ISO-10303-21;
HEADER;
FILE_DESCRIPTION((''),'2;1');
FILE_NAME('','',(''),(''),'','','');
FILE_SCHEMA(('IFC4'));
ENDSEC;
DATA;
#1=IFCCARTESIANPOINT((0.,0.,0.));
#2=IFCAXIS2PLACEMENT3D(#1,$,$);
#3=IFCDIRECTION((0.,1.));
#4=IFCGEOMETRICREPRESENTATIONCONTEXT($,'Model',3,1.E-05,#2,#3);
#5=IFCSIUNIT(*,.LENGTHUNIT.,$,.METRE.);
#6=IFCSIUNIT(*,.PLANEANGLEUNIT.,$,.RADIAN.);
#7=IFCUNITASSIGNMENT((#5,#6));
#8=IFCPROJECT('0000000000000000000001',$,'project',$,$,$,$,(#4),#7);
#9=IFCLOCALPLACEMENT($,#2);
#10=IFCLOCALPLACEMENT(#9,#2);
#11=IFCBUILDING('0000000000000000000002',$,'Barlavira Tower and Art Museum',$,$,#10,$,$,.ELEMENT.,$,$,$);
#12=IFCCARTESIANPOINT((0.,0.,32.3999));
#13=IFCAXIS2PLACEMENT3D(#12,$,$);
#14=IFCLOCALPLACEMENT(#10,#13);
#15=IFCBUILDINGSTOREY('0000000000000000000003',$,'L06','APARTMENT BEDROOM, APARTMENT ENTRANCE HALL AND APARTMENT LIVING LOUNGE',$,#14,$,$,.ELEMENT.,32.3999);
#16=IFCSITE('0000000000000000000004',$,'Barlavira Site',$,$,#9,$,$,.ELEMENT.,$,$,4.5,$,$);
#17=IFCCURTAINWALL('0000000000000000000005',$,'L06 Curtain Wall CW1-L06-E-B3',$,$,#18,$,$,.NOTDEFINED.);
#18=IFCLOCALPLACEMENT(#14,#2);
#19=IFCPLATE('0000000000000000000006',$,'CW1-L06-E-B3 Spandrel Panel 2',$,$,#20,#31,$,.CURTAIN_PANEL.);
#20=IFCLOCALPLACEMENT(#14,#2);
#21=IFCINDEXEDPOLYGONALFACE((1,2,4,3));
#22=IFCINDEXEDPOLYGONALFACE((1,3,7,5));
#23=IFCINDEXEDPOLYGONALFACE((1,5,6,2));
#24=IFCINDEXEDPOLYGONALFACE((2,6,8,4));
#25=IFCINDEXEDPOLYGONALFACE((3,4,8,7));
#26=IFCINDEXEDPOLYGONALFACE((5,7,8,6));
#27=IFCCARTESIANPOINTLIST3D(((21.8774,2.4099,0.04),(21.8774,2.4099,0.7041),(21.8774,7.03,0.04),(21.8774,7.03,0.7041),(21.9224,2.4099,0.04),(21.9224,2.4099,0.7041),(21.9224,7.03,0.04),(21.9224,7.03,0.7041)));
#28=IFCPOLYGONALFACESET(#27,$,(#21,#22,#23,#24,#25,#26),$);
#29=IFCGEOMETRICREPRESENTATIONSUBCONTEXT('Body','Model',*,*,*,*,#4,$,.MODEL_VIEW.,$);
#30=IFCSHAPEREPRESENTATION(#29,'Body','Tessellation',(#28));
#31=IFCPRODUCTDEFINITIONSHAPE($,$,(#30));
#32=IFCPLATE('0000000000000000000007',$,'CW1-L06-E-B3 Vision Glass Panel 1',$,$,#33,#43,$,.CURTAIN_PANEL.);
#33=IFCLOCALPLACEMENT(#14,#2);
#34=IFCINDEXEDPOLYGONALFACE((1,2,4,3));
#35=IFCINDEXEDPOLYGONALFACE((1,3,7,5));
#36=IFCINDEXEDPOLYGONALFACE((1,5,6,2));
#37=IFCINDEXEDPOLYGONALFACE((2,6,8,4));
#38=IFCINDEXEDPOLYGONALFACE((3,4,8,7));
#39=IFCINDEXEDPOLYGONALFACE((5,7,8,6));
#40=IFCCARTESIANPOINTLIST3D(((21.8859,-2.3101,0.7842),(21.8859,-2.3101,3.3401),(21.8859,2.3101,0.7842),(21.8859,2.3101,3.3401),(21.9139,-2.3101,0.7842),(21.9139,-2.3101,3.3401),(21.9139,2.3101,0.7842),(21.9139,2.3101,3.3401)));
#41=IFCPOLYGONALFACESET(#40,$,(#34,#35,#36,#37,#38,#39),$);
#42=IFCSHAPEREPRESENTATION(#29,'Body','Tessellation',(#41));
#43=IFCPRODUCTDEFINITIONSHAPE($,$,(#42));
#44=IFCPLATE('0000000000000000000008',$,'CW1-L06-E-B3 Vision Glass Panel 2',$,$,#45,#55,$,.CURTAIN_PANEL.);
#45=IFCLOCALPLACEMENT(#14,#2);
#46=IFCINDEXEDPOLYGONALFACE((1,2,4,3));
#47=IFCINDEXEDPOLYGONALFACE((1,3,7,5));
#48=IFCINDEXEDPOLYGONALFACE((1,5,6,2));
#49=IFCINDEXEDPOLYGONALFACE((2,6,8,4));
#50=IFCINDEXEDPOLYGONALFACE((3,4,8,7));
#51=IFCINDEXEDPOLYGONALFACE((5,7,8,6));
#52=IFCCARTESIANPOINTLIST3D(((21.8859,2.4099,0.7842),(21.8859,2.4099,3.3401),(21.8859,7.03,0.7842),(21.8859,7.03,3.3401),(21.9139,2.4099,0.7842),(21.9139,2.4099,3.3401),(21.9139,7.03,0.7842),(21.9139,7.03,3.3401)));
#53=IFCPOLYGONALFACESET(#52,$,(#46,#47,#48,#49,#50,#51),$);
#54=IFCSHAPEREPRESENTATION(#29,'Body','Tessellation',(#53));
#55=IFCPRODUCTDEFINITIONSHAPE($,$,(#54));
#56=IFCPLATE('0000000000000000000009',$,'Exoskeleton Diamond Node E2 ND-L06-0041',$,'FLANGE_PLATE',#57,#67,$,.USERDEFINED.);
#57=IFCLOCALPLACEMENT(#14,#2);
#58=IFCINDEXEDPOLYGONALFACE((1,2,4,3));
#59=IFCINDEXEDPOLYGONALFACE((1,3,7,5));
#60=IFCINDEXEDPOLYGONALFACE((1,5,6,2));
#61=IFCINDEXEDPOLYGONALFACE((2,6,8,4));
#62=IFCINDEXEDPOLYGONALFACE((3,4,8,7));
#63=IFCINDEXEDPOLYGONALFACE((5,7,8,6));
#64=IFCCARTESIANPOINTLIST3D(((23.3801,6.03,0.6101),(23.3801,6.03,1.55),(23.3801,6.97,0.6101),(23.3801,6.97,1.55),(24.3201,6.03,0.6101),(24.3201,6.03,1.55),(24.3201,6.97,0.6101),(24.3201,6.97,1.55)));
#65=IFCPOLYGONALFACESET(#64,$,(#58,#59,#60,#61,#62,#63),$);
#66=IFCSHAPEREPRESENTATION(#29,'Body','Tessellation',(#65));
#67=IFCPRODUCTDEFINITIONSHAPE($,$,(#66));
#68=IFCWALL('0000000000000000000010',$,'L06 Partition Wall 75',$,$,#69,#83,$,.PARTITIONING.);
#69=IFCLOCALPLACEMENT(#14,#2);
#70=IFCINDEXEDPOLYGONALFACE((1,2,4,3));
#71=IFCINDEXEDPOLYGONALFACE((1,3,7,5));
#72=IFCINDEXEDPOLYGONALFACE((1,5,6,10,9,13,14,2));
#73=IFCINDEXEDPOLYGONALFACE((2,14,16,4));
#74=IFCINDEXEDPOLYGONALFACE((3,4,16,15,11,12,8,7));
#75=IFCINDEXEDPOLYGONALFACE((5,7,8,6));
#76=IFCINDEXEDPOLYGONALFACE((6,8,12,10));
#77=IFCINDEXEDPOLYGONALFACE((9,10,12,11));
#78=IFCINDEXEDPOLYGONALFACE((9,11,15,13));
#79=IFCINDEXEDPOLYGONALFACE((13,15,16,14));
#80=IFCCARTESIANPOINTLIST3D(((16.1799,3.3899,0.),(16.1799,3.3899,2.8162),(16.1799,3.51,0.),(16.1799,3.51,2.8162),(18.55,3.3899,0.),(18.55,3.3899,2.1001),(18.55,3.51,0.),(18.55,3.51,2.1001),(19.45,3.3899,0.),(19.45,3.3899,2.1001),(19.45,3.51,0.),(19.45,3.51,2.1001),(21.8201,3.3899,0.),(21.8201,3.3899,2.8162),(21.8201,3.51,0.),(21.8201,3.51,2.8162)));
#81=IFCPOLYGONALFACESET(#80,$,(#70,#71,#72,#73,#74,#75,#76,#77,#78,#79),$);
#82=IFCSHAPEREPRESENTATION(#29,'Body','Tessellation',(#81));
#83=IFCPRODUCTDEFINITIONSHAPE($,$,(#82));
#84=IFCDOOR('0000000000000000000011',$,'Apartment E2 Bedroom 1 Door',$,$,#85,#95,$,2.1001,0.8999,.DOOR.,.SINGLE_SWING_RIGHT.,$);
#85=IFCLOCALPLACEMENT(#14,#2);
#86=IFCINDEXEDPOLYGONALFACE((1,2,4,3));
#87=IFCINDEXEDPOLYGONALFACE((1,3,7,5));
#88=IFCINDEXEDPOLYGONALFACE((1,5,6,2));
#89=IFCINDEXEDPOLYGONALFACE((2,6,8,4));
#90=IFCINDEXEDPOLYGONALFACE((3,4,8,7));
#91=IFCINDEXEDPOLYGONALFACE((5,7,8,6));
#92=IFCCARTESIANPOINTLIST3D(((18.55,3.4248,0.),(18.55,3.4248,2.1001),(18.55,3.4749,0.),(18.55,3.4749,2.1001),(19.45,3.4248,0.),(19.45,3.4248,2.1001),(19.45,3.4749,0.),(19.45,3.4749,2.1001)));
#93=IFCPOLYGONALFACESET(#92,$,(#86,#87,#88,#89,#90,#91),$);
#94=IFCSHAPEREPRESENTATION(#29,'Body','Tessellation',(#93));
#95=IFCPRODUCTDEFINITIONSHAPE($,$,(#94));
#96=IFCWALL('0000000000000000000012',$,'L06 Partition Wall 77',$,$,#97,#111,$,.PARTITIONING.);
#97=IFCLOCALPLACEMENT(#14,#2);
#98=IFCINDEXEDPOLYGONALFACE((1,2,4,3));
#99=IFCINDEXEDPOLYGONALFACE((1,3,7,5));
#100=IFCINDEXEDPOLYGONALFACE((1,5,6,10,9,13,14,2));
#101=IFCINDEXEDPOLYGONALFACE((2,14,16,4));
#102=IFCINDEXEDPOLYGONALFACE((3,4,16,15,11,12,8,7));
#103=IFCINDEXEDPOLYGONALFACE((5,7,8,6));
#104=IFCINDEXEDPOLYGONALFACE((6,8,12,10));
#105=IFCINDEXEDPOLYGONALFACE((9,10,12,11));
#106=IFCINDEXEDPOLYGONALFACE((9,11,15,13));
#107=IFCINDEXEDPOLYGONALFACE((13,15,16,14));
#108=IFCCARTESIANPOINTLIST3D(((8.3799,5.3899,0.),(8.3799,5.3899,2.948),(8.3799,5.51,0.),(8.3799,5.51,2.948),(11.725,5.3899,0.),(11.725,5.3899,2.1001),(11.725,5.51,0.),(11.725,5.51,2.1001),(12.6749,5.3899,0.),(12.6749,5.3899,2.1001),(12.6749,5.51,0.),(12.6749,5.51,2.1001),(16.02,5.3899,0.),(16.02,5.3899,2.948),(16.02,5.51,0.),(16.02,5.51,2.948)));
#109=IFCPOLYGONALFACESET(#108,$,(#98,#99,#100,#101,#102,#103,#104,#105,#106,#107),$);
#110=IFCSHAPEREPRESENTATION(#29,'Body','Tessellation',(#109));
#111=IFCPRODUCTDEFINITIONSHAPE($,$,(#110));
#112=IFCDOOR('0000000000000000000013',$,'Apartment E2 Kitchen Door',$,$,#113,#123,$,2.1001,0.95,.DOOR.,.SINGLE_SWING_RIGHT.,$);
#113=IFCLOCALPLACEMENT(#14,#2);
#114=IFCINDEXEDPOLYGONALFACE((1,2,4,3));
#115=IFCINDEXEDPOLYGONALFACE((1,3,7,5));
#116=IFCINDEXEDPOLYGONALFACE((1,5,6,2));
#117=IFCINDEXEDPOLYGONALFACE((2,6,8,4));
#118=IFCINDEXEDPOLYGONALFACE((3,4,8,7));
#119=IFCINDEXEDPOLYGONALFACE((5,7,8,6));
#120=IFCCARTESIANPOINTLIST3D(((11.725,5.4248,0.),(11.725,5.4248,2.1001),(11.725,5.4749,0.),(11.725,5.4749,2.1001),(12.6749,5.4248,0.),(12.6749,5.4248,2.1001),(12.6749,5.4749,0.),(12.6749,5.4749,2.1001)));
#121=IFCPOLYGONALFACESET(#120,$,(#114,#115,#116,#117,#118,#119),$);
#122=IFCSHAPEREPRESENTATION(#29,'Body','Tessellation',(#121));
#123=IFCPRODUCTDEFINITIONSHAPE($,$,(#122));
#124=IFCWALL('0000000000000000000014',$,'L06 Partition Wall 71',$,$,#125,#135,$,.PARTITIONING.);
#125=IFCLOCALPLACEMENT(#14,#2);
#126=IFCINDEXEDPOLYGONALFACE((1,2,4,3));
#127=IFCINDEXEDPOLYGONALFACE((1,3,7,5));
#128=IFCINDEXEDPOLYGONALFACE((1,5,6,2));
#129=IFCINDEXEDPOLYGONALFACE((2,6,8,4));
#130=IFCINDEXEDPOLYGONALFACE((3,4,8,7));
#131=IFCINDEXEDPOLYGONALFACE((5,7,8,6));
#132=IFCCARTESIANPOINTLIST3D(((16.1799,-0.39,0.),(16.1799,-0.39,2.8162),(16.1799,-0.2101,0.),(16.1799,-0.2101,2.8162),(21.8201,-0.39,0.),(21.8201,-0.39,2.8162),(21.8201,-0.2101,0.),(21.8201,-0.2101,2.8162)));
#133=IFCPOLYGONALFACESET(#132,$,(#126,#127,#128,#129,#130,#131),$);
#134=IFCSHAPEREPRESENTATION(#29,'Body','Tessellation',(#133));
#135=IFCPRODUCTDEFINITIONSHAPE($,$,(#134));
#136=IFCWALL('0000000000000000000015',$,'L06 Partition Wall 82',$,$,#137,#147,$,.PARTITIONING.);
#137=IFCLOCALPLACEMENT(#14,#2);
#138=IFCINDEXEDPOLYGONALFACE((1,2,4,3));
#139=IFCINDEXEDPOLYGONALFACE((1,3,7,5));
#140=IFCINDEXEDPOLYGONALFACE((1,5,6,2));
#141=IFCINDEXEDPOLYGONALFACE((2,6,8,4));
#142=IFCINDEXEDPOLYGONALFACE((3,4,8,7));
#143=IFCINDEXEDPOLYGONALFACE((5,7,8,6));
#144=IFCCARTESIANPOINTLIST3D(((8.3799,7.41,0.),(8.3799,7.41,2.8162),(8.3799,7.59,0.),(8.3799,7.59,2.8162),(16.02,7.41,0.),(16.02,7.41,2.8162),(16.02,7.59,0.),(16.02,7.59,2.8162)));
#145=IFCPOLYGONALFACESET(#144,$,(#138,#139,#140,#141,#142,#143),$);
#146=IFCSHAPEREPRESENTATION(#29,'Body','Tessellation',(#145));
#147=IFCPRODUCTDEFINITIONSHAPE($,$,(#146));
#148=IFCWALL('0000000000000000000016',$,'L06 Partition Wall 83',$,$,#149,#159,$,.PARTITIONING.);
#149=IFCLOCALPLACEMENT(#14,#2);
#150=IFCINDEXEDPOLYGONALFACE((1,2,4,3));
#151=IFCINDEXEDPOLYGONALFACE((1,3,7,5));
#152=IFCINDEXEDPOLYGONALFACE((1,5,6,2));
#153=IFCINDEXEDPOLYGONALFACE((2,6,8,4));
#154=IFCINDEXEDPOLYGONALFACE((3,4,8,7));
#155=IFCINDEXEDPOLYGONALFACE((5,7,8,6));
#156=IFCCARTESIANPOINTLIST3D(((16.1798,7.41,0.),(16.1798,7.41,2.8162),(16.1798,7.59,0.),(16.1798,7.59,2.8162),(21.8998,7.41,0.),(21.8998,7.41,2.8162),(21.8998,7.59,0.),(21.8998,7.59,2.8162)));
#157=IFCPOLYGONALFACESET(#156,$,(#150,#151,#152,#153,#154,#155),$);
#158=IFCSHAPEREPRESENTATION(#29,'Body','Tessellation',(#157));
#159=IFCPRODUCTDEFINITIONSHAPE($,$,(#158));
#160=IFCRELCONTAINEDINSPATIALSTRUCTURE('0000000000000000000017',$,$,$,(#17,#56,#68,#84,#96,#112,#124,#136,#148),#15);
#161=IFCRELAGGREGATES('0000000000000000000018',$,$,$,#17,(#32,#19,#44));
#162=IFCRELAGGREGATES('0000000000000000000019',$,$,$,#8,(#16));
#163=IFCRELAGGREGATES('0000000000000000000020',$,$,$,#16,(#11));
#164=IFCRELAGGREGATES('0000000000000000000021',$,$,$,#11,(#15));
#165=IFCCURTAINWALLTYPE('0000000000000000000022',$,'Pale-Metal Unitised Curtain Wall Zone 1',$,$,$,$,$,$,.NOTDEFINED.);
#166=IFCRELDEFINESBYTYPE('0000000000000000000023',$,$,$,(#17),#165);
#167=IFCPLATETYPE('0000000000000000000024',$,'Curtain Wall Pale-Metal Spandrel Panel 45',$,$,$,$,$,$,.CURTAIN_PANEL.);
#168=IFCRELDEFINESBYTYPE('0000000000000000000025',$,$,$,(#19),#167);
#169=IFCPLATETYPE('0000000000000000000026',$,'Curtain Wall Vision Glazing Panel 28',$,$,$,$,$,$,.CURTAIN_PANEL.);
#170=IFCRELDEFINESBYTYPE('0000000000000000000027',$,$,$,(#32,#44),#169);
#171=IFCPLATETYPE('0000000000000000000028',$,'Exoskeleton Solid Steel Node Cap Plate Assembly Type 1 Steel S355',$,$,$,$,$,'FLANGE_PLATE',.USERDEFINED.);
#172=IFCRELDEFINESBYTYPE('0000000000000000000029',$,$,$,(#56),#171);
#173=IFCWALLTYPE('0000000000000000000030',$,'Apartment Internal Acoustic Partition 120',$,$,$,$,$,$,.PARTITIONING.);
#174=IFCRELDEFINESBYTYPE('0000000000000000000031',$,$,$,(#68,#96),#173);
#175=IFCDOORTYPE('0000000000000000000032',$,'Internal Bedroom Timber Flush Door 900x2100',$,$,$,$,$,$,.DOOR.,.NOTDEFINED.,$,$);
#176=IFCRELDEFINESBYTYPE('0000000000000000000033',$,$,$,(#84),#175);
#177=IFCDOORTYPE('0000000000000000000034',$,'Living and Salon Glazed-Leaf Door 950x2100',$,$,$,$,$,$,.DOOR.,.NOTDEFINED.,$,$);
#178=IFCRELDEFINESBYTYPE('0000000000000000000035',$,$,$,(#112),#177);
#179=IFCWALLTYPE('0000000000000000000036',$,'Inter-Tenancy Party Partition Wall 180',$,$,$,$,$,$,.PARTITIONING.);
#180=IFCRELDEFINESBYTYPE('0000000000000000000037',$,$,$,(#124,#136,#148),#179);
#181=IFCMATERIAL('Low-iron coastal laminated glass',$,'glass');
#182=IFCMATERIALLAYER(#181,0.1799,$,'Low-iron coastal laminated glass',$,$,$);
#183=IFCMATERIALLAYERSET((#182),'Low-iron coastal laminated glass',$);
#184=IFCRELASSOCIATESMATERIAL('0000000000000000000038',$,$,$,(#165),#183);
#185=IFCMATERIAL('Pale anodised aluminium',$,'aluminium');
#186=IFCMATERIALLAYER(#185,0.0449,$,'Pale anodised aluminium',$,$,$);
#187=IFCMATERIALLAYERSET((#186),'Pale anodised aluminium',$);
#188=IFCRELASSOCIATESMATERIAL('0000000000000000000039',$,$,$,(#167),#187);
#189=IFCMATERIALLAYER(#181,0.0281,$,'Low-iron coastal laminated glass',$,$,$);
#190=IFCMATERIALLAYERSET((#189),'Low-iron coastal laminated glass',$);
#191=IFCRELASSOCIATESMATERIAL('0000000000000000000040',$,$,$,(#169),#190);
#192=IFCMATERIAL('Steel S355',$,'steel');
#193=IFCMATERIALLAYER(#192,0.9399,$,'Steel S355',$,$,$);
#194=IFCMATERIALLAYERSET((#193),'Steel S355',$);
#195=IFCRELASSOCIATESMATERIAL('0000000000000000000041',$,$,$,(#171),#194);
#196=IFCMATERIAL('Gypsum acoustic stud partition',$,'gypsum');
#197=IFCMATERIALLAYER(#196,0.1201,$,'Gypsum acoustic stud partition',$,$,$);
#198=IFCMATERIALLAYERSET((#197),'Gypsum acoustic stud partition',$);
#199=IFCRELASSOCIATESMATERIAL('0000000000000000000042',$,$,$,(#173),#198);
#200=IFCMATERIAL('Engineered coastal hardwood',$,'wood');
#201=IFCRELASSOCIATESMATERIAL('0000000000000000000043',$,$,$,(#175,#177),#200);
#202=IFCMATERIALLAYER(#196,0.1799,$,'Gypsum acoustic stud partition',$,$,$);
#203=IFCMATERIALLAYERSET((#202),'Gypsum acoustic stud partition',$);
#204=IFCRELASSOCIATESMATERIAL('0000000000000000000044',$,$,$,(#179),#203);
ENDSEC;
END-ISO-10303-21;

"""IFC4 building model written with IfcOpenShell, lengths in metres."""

from ifc_helpers import new_model, si_unit, direction, frame, frame_2d, origin, origin_2d, place, context, subcontext, project, spatial, rectangle, extrude, material, layer, layer_set, type_object, element, fill, aggregate, save


model = new_model("IFC4")

# Units and contexts
model_context = context("Model", 3, precision=1e-05, world=origin(), true_north=direction((0.0, 1.0)))
body_context = subcontext(model_context, "Body", "Model", "MODEL_VIEW")
ifc_project = project(units=[si_unit("LENGTHUNIT", "METRE"), si_unit("PLANEANGLEUNIT", "RADIAN")], contexts=[model_context])

# Site, building, storey
site_placement = place(None, origin())
site = spatial("IfcSite", under=ifc_project, at=site_placement, Name="Barlavira Site", CompositionType="ELEMENT", RefElevation=4.5)
building_placement = place(site_placement, origin())
building = spatial("IfcBuilding", under=site, at=building_placement, Name="Barlavira Tower and Art Museum", CompositionType="ELEMENT")
storey_placement = place(building_placement, frame((0.0, 0.0, 32.3999)))
storey = spatial("IfcBuildingStorey", under=building, at=storey_placement, Name="L06", Description="APARTMENT BEDROOM, APARTMENT ENTRANCE HALL AND APARTMENT LIVING LOUNGE", CompositionType="ELEMENT", Elevation=32.3999)

# Curtain wall
ifc_material_1 = material(Name="Low-iron coastal laminated glass", Category="glass")
ifc_layer_1 = layer(ifc_material_1, 0.1799, Name="Low-iron coastal laminated glass")
ifc_layer_set_1 = layer_set([ifc_layer_1], Name="Low-iron coastal laminated glass")
curtain_wall_type = type_object("IfcCurtainWallType", Name="Pale-Metal Unitised Curtain Wall Zone 1", PredefinedType="NOTDEFINED", material=ifc_layer_set_1)
curtain_wall_placement = place(storey_placement, origin())
curtain_wall = element("IfcCurtainWall", 1, at=curtain_wall_placement, inside=storey, type_object=curtain_wall_type, Name="L06 Curtain Wall CW1-L06-E-B3", PredefinedType="NOTDEFINED")
ifc_material_2 = material(Name="Pale anodised aluminium", Category="aluminium")

# Shared definitions
ifc_material_3 = material(Name="Steel S355", Category="steel")

# Plates
ifc_layer_2 = layer(ifc_material_2, 0.0449, Name="Pale anodised aluminium")
ifc_layer_set_2 = layer_set([ifc_layer_2], Name="Pale anodised aluminium")
plate_type_1 = type_object("IfcPlateType", Name="Curtain Wall Pale-Metal Spandrel Panel 45", PredefinedType="CURTAIN_PANEL", material=ifc_layer_set_2)
plate_1_placement = place(storey_placement, frame((21.8999, 4.72, 0.04), z_axis=(0.0, 0.0, 1.0), x_axis=(0.0, 1.0, 0.0)))
plate_1 = element("IfcPlate", 2, at=plate_1_placement, type_object=plate_type_1, Name="CW1-L06-E-B3 Spandrel Panel 2", PredefinedType="CURTAIN_PANEL", context=body_context, shape_type="SweptSolid", body=[
    extrude(rectangle(XDim=4.6201, YDim=0.0449, at=origin_2d()), origin(), (0.0, 0.0, 1.0), 0.6641),
])
ifc_layer_3 = layer(ifc_material_1, 0.0281, Name="Low-iron coastal laminated glass")
ifc_layer_set_3 = layer_set([ifc_layer_3], Name="Low-iron coastal laminated glass")
plate_type_2 = type_object("IfcPlateType", Name="Curtain Wall Vision Glazing Panel 28", PredefinedType="CURTAIN_PANEL", material=ifc_layer_set_3)
plate_2_placement = place(storey_placement, frame((21.8999, 0.0, 0.7842), z_axis=(0.0, 0.0, 1.0), x_axis=(0.0, 1.0, 0.0)))
plate_2 = element("IfcPlate", 3, at=plate_2_placement, type_object=plate_type_2, Name="CW1-L06-E-B3 Vision Glass Panel 1", PredefinedType="CURTAIN_PANEL", context=body_context, shape_type="SweptSolid", body=[
    extrude(rectangle(XDim=4.6201, YDim=0.0281, at=origin_2d()), origin(), (0.0, 0.0, 1.0), 2.5559),
])
plate_3_placement = place(storey_placement, frame((21.8999, 4.72, 0.7842), z_axis=(0.0, 0.0, 1.0), x_axis=(0.0, 1.0, 0.0)))
plate_3 = element("IfcPlate", 4, at=plate_3_placement, type_object=plate_type_2, Name="CW1-L06-E-B3 Vision Glass Panel 2", PredefinedType="CURTAIN_PANEL", context=body_context, shape_type="SweptSolid", body=[
    extrude(rectangle(XDim=4.6201, YDim=0.0281, at=origin_2d()), origin(), (0.0, 0.0, 1.0), 2.5559),
])
aggregate(curtain_wall, [plate_2, plate_1, plate_3])
ifc_layer_4 = layer(ifc_material_3, 0.9399, Name="Steel S355")
ifc_layer_set_4 = layer_set([ifc_layer_4], Name="Steel S355")
plate_type_3 = type_object("IfcPlateType", Name="Exoskeleton Solid Steel Node Cap Plate Assembly Type 1 Steel S355", ElementType="FLANGE_PLATE", PredefinedType="USERDEFINED", material=ifc_layer_set_4)
plate_4_placement = place(storey_placement, frame((23.8501, 6.5, 0.6101), z_axis=(0.0, 0.0, 1.0), x_axis=(1.0, 0.0, 0.0)))
element("IfcPlate", 5, at=plate_4_placement, inside=storey, type_object=plate_type_3, Name="Exoskeleton Diamond Node E2 ND-L06-0041", ObjectType="FLANGE_PLATE", PredefinedType="USERDEFINED", context=body_context, shape_type="SweptSolid", body=[
    extrude(rectangle(XDim=0.9399, YDim=0.9399, at=origin_2d()), origin(), (0.0, 0.0, 1.0), 0.9399),
])

# Walls, openings, doors
ifc_material_4 = material(Name="Gypsum acoustic stud partition", Category="gypsum")
ifc_layer_5 = layer(ifc_material_4, 0.1201, Name="Gypsum acoustic stud partition")
ifc_layer_set_5 = layer_set([ifc_layer_5], Name="Gypsum acoustic stud partition")
wall_type_1 = type_object("IfcWallType", Name="Apartment Internal Acoustic Partition 120", PredefinedType="PARTITIONING", material=ifc_layer_set_5)
wall_1_placement = place(storey_placement, frame((16.1799, 3.45, 0.0), z_axis=(0.0, 0.0, 1.0), x_axis=(1.0, 0.0, 0.0)))
wall_1 = element("IfcWall", 6, at=wall_1_placement, inside=storey, type_object=wall_type_1, Name="L06 Partition Wall 75", PredefinedType="PARTITIONING", context=body_context, shape_type="SweptSolid", body=[
    extrude(rectangle(XDim=5.6401, YDim=0.1201, at=frame_2d((2.8201, 0.0))), origin(), (0.0, 0.0, 1.0), 2.8162),
])
opening_1_placement = place(wall_1_placement, frame((2.3701, 0.0, 0.0)))
opening_1 = element("IfcOpeningElement", 7, at=opening_1_placement, cuts=wall_1, PredefinedType="OPENING", context=body_context, shape_type="SweptSolid", body=[
    extrude(rectangle(XDim=0.8999, YDim=2.1001, at=frame_2d((0.45, 1.05))), frame((0.0, 0.0701, 0.0), z_axis=(0.0, -1.0, 0.0), x_axis=(1.0, 0.0, 0.0)), (0.0, 0.0, 1.0), 0.1401),
])
ifc_material_5 = material(Name="Engineered coastal hardwood", Category="wood")
door_type_1 = type_object("IfcDoorType", Name="Internal Bedroom Timber Flush Door 900x2100", OperationType="NOTDEFINED", PredefinedType="DOOR", material=ifc_material_5)
door_1_placement = place(opening_1_placement, origin())
door_1 = element("IfcDoor", 8, at=door_1_placement, inside=storey, type_object=door_type_1, Name="Apartment E2 Bedroom 1 Door", OperationType="SINGLE_SWING_RIGHT", OverallHeight=2.1001, OverallWidth=0.8999, PredefinedType="DOOR", context=body_context, shape_type="SweptSolid", body=[
    extrude(rectangle(XDim=0.8999, YDim=2.1001, at=frame_2d((0.45, 1.05))), frame((0.0, 0.0249, 0.0), z_axis=(0.0, -1.0, 0.0), x_axis=(1.0, 0.0, 0.0)), (0.0, 0.0, 1.0), 0.05),
])
fill(opening_1, door_1)
wall_2_placement = place(storey_placement, frame((8.3799, 5.45, 0.0), z_axis=(0.0, 0.0, 1.0), x_axis=(1.0, 0.0, 0.0)))
wall_2 = element("IfcWall", 9, at=wall_2_placement, inside=storey, type_object=wall_type_1, Name="L06 Partition Wall 77", PredefinedType="PARTITIONING", context=body_context, shape_type="SweptSolid", body=[
    extrude(rectangle(XDim=7.6401, YDim=0.1201, at=frame_2d((3.8201, 0.0))), origin(), (0.0, 0.0, 1.0), 2.948),
])
opening_2_placement = place(wall_2_placement, frame((3.345, 0.0, 0.0)))
opening_2 = element("IfcOpeningElement", 10, at=opening_2_placement, cuts=wall_2, PredefinedType="OPENING", context=body_context, shape_type="SweptSolid", body=[
    extrude(rectangle(XDim=0.95, YDim=2.1001, at=frame_2d((0.4751, 1.05))), frame((0.0, 0.0701, 0.0), z_axis=(0.0, -1.0, 0.0), x_axis=(1.0, 0.0, 0.0)), (0.0, 0.0, 1.0), 0.1401),
])
door_type_2 = type_object("IfcDoorType", Name="Living and Salon Glazed-Leaf Door 950x2100", OperationType="NOTDEFINED", PredefinedType="DOOR", material=ifc_material_5)
door_2_placement = place(opening_2_placement, origin())
door_2 = element("IfcDoor", 11, at=door_2_placement, inside=storey, type_object=door_type_2, Name="Apartment E2 Kitchen Door", OperationType="SINGLE_SWING_RIGHT", OverallHeight=2.1001, OverallWidth=0.95, PredefinedType="DOOR", context=body_context, shape_type="SweptSolid", body=[
    extrude(rectangle(XDim=0.95, YDim=2.1001, at=frame_2d((0.4751, 1.05))), frame((0.0, 0.0249, 0.0), z_axis=(0.0, -1.0, 0.0), x_axis=(1.0, 0.0, 0.0)), (0.0, 0.0, 1.0), 0.05),
])
fill(opening_2, door_2)

# Walls
ifc_layer_6 = layer(ifc_material_4, 0.1799, Name="Gypsum acoustic stud partition")
ifc_layer_set_6 = layer_set([ifc_layer_6], Name="Gypsum acoustic stud partition")
wall_type_2 = type_object("IfcWallType", Name="Inter-Tenancy Party Partition Wall 180", PredefinedType="PARTITIONING", material=ifc_layer_set_6)
wall_3_placement = place(storey_placement, frame((16.1799, -0.3, 0.0), z_axis=(0.0, 0.0, 1.0), x_axis=(1.0, 0.0, 0.0)))
element("IfcWall", 12, at=wall_3_placement, inside=storey, type_object=wall_type_2, Name="L06 Partition Wall 71", PredefinedType="PARTITIONING", context=body_context, shape_type="SweptSolid", body=[
    extrude(rectangle(XDim=5.6401, YDim=0.1799, at=frame_2d((2.8201, 0.0))), origin(), (0.0, 0.0, 1.0), 2.8162),
])
wall_4_placement = place(storey_placement, frame((8.3799, 7.5, 0.0), z_axis=(0.0, 0.0, 1.0), x_axis=(1.0, 0.0, 0.0)))
element("IfcWall", 13, at=wall_4_placement, inside=storey, type_object=wall_type_2, Name="L06 Partition Wall 82", PredefinedType="PARTITIONING", context=body_context, shape_type="SweptSolid", body=[
    extrude(rectangle(XDim=7.6401, YDim=0.1799, at=frame_2d((3.8201, 0.0))), origin(), (0.0, 0.0, 1.0), 2.8162),
])
wall_5_placement = place(storey_placement, frame((16.1799, 7.5, 0.0), z_axis=(0.0, 0.0, 1.0), x_axis=(1.0, 0.0, 0.0)))
element("IfcWall", 14, at=wall_5_placement, inside=storey, type_object=wall_type_2, Name="L06 Partition Wall 83", PredefinedType="PARTITIONING", context=body_context, shape_type="SweptSolid", body=[
    extrude(rectangle(XDim=5.72, YDim=0.1799, at=frame_2d((2.8599, 0.0))), origin(), (0.0, 0.0, 1.0), 2.8162),
])

save(model, "model.ifc")
